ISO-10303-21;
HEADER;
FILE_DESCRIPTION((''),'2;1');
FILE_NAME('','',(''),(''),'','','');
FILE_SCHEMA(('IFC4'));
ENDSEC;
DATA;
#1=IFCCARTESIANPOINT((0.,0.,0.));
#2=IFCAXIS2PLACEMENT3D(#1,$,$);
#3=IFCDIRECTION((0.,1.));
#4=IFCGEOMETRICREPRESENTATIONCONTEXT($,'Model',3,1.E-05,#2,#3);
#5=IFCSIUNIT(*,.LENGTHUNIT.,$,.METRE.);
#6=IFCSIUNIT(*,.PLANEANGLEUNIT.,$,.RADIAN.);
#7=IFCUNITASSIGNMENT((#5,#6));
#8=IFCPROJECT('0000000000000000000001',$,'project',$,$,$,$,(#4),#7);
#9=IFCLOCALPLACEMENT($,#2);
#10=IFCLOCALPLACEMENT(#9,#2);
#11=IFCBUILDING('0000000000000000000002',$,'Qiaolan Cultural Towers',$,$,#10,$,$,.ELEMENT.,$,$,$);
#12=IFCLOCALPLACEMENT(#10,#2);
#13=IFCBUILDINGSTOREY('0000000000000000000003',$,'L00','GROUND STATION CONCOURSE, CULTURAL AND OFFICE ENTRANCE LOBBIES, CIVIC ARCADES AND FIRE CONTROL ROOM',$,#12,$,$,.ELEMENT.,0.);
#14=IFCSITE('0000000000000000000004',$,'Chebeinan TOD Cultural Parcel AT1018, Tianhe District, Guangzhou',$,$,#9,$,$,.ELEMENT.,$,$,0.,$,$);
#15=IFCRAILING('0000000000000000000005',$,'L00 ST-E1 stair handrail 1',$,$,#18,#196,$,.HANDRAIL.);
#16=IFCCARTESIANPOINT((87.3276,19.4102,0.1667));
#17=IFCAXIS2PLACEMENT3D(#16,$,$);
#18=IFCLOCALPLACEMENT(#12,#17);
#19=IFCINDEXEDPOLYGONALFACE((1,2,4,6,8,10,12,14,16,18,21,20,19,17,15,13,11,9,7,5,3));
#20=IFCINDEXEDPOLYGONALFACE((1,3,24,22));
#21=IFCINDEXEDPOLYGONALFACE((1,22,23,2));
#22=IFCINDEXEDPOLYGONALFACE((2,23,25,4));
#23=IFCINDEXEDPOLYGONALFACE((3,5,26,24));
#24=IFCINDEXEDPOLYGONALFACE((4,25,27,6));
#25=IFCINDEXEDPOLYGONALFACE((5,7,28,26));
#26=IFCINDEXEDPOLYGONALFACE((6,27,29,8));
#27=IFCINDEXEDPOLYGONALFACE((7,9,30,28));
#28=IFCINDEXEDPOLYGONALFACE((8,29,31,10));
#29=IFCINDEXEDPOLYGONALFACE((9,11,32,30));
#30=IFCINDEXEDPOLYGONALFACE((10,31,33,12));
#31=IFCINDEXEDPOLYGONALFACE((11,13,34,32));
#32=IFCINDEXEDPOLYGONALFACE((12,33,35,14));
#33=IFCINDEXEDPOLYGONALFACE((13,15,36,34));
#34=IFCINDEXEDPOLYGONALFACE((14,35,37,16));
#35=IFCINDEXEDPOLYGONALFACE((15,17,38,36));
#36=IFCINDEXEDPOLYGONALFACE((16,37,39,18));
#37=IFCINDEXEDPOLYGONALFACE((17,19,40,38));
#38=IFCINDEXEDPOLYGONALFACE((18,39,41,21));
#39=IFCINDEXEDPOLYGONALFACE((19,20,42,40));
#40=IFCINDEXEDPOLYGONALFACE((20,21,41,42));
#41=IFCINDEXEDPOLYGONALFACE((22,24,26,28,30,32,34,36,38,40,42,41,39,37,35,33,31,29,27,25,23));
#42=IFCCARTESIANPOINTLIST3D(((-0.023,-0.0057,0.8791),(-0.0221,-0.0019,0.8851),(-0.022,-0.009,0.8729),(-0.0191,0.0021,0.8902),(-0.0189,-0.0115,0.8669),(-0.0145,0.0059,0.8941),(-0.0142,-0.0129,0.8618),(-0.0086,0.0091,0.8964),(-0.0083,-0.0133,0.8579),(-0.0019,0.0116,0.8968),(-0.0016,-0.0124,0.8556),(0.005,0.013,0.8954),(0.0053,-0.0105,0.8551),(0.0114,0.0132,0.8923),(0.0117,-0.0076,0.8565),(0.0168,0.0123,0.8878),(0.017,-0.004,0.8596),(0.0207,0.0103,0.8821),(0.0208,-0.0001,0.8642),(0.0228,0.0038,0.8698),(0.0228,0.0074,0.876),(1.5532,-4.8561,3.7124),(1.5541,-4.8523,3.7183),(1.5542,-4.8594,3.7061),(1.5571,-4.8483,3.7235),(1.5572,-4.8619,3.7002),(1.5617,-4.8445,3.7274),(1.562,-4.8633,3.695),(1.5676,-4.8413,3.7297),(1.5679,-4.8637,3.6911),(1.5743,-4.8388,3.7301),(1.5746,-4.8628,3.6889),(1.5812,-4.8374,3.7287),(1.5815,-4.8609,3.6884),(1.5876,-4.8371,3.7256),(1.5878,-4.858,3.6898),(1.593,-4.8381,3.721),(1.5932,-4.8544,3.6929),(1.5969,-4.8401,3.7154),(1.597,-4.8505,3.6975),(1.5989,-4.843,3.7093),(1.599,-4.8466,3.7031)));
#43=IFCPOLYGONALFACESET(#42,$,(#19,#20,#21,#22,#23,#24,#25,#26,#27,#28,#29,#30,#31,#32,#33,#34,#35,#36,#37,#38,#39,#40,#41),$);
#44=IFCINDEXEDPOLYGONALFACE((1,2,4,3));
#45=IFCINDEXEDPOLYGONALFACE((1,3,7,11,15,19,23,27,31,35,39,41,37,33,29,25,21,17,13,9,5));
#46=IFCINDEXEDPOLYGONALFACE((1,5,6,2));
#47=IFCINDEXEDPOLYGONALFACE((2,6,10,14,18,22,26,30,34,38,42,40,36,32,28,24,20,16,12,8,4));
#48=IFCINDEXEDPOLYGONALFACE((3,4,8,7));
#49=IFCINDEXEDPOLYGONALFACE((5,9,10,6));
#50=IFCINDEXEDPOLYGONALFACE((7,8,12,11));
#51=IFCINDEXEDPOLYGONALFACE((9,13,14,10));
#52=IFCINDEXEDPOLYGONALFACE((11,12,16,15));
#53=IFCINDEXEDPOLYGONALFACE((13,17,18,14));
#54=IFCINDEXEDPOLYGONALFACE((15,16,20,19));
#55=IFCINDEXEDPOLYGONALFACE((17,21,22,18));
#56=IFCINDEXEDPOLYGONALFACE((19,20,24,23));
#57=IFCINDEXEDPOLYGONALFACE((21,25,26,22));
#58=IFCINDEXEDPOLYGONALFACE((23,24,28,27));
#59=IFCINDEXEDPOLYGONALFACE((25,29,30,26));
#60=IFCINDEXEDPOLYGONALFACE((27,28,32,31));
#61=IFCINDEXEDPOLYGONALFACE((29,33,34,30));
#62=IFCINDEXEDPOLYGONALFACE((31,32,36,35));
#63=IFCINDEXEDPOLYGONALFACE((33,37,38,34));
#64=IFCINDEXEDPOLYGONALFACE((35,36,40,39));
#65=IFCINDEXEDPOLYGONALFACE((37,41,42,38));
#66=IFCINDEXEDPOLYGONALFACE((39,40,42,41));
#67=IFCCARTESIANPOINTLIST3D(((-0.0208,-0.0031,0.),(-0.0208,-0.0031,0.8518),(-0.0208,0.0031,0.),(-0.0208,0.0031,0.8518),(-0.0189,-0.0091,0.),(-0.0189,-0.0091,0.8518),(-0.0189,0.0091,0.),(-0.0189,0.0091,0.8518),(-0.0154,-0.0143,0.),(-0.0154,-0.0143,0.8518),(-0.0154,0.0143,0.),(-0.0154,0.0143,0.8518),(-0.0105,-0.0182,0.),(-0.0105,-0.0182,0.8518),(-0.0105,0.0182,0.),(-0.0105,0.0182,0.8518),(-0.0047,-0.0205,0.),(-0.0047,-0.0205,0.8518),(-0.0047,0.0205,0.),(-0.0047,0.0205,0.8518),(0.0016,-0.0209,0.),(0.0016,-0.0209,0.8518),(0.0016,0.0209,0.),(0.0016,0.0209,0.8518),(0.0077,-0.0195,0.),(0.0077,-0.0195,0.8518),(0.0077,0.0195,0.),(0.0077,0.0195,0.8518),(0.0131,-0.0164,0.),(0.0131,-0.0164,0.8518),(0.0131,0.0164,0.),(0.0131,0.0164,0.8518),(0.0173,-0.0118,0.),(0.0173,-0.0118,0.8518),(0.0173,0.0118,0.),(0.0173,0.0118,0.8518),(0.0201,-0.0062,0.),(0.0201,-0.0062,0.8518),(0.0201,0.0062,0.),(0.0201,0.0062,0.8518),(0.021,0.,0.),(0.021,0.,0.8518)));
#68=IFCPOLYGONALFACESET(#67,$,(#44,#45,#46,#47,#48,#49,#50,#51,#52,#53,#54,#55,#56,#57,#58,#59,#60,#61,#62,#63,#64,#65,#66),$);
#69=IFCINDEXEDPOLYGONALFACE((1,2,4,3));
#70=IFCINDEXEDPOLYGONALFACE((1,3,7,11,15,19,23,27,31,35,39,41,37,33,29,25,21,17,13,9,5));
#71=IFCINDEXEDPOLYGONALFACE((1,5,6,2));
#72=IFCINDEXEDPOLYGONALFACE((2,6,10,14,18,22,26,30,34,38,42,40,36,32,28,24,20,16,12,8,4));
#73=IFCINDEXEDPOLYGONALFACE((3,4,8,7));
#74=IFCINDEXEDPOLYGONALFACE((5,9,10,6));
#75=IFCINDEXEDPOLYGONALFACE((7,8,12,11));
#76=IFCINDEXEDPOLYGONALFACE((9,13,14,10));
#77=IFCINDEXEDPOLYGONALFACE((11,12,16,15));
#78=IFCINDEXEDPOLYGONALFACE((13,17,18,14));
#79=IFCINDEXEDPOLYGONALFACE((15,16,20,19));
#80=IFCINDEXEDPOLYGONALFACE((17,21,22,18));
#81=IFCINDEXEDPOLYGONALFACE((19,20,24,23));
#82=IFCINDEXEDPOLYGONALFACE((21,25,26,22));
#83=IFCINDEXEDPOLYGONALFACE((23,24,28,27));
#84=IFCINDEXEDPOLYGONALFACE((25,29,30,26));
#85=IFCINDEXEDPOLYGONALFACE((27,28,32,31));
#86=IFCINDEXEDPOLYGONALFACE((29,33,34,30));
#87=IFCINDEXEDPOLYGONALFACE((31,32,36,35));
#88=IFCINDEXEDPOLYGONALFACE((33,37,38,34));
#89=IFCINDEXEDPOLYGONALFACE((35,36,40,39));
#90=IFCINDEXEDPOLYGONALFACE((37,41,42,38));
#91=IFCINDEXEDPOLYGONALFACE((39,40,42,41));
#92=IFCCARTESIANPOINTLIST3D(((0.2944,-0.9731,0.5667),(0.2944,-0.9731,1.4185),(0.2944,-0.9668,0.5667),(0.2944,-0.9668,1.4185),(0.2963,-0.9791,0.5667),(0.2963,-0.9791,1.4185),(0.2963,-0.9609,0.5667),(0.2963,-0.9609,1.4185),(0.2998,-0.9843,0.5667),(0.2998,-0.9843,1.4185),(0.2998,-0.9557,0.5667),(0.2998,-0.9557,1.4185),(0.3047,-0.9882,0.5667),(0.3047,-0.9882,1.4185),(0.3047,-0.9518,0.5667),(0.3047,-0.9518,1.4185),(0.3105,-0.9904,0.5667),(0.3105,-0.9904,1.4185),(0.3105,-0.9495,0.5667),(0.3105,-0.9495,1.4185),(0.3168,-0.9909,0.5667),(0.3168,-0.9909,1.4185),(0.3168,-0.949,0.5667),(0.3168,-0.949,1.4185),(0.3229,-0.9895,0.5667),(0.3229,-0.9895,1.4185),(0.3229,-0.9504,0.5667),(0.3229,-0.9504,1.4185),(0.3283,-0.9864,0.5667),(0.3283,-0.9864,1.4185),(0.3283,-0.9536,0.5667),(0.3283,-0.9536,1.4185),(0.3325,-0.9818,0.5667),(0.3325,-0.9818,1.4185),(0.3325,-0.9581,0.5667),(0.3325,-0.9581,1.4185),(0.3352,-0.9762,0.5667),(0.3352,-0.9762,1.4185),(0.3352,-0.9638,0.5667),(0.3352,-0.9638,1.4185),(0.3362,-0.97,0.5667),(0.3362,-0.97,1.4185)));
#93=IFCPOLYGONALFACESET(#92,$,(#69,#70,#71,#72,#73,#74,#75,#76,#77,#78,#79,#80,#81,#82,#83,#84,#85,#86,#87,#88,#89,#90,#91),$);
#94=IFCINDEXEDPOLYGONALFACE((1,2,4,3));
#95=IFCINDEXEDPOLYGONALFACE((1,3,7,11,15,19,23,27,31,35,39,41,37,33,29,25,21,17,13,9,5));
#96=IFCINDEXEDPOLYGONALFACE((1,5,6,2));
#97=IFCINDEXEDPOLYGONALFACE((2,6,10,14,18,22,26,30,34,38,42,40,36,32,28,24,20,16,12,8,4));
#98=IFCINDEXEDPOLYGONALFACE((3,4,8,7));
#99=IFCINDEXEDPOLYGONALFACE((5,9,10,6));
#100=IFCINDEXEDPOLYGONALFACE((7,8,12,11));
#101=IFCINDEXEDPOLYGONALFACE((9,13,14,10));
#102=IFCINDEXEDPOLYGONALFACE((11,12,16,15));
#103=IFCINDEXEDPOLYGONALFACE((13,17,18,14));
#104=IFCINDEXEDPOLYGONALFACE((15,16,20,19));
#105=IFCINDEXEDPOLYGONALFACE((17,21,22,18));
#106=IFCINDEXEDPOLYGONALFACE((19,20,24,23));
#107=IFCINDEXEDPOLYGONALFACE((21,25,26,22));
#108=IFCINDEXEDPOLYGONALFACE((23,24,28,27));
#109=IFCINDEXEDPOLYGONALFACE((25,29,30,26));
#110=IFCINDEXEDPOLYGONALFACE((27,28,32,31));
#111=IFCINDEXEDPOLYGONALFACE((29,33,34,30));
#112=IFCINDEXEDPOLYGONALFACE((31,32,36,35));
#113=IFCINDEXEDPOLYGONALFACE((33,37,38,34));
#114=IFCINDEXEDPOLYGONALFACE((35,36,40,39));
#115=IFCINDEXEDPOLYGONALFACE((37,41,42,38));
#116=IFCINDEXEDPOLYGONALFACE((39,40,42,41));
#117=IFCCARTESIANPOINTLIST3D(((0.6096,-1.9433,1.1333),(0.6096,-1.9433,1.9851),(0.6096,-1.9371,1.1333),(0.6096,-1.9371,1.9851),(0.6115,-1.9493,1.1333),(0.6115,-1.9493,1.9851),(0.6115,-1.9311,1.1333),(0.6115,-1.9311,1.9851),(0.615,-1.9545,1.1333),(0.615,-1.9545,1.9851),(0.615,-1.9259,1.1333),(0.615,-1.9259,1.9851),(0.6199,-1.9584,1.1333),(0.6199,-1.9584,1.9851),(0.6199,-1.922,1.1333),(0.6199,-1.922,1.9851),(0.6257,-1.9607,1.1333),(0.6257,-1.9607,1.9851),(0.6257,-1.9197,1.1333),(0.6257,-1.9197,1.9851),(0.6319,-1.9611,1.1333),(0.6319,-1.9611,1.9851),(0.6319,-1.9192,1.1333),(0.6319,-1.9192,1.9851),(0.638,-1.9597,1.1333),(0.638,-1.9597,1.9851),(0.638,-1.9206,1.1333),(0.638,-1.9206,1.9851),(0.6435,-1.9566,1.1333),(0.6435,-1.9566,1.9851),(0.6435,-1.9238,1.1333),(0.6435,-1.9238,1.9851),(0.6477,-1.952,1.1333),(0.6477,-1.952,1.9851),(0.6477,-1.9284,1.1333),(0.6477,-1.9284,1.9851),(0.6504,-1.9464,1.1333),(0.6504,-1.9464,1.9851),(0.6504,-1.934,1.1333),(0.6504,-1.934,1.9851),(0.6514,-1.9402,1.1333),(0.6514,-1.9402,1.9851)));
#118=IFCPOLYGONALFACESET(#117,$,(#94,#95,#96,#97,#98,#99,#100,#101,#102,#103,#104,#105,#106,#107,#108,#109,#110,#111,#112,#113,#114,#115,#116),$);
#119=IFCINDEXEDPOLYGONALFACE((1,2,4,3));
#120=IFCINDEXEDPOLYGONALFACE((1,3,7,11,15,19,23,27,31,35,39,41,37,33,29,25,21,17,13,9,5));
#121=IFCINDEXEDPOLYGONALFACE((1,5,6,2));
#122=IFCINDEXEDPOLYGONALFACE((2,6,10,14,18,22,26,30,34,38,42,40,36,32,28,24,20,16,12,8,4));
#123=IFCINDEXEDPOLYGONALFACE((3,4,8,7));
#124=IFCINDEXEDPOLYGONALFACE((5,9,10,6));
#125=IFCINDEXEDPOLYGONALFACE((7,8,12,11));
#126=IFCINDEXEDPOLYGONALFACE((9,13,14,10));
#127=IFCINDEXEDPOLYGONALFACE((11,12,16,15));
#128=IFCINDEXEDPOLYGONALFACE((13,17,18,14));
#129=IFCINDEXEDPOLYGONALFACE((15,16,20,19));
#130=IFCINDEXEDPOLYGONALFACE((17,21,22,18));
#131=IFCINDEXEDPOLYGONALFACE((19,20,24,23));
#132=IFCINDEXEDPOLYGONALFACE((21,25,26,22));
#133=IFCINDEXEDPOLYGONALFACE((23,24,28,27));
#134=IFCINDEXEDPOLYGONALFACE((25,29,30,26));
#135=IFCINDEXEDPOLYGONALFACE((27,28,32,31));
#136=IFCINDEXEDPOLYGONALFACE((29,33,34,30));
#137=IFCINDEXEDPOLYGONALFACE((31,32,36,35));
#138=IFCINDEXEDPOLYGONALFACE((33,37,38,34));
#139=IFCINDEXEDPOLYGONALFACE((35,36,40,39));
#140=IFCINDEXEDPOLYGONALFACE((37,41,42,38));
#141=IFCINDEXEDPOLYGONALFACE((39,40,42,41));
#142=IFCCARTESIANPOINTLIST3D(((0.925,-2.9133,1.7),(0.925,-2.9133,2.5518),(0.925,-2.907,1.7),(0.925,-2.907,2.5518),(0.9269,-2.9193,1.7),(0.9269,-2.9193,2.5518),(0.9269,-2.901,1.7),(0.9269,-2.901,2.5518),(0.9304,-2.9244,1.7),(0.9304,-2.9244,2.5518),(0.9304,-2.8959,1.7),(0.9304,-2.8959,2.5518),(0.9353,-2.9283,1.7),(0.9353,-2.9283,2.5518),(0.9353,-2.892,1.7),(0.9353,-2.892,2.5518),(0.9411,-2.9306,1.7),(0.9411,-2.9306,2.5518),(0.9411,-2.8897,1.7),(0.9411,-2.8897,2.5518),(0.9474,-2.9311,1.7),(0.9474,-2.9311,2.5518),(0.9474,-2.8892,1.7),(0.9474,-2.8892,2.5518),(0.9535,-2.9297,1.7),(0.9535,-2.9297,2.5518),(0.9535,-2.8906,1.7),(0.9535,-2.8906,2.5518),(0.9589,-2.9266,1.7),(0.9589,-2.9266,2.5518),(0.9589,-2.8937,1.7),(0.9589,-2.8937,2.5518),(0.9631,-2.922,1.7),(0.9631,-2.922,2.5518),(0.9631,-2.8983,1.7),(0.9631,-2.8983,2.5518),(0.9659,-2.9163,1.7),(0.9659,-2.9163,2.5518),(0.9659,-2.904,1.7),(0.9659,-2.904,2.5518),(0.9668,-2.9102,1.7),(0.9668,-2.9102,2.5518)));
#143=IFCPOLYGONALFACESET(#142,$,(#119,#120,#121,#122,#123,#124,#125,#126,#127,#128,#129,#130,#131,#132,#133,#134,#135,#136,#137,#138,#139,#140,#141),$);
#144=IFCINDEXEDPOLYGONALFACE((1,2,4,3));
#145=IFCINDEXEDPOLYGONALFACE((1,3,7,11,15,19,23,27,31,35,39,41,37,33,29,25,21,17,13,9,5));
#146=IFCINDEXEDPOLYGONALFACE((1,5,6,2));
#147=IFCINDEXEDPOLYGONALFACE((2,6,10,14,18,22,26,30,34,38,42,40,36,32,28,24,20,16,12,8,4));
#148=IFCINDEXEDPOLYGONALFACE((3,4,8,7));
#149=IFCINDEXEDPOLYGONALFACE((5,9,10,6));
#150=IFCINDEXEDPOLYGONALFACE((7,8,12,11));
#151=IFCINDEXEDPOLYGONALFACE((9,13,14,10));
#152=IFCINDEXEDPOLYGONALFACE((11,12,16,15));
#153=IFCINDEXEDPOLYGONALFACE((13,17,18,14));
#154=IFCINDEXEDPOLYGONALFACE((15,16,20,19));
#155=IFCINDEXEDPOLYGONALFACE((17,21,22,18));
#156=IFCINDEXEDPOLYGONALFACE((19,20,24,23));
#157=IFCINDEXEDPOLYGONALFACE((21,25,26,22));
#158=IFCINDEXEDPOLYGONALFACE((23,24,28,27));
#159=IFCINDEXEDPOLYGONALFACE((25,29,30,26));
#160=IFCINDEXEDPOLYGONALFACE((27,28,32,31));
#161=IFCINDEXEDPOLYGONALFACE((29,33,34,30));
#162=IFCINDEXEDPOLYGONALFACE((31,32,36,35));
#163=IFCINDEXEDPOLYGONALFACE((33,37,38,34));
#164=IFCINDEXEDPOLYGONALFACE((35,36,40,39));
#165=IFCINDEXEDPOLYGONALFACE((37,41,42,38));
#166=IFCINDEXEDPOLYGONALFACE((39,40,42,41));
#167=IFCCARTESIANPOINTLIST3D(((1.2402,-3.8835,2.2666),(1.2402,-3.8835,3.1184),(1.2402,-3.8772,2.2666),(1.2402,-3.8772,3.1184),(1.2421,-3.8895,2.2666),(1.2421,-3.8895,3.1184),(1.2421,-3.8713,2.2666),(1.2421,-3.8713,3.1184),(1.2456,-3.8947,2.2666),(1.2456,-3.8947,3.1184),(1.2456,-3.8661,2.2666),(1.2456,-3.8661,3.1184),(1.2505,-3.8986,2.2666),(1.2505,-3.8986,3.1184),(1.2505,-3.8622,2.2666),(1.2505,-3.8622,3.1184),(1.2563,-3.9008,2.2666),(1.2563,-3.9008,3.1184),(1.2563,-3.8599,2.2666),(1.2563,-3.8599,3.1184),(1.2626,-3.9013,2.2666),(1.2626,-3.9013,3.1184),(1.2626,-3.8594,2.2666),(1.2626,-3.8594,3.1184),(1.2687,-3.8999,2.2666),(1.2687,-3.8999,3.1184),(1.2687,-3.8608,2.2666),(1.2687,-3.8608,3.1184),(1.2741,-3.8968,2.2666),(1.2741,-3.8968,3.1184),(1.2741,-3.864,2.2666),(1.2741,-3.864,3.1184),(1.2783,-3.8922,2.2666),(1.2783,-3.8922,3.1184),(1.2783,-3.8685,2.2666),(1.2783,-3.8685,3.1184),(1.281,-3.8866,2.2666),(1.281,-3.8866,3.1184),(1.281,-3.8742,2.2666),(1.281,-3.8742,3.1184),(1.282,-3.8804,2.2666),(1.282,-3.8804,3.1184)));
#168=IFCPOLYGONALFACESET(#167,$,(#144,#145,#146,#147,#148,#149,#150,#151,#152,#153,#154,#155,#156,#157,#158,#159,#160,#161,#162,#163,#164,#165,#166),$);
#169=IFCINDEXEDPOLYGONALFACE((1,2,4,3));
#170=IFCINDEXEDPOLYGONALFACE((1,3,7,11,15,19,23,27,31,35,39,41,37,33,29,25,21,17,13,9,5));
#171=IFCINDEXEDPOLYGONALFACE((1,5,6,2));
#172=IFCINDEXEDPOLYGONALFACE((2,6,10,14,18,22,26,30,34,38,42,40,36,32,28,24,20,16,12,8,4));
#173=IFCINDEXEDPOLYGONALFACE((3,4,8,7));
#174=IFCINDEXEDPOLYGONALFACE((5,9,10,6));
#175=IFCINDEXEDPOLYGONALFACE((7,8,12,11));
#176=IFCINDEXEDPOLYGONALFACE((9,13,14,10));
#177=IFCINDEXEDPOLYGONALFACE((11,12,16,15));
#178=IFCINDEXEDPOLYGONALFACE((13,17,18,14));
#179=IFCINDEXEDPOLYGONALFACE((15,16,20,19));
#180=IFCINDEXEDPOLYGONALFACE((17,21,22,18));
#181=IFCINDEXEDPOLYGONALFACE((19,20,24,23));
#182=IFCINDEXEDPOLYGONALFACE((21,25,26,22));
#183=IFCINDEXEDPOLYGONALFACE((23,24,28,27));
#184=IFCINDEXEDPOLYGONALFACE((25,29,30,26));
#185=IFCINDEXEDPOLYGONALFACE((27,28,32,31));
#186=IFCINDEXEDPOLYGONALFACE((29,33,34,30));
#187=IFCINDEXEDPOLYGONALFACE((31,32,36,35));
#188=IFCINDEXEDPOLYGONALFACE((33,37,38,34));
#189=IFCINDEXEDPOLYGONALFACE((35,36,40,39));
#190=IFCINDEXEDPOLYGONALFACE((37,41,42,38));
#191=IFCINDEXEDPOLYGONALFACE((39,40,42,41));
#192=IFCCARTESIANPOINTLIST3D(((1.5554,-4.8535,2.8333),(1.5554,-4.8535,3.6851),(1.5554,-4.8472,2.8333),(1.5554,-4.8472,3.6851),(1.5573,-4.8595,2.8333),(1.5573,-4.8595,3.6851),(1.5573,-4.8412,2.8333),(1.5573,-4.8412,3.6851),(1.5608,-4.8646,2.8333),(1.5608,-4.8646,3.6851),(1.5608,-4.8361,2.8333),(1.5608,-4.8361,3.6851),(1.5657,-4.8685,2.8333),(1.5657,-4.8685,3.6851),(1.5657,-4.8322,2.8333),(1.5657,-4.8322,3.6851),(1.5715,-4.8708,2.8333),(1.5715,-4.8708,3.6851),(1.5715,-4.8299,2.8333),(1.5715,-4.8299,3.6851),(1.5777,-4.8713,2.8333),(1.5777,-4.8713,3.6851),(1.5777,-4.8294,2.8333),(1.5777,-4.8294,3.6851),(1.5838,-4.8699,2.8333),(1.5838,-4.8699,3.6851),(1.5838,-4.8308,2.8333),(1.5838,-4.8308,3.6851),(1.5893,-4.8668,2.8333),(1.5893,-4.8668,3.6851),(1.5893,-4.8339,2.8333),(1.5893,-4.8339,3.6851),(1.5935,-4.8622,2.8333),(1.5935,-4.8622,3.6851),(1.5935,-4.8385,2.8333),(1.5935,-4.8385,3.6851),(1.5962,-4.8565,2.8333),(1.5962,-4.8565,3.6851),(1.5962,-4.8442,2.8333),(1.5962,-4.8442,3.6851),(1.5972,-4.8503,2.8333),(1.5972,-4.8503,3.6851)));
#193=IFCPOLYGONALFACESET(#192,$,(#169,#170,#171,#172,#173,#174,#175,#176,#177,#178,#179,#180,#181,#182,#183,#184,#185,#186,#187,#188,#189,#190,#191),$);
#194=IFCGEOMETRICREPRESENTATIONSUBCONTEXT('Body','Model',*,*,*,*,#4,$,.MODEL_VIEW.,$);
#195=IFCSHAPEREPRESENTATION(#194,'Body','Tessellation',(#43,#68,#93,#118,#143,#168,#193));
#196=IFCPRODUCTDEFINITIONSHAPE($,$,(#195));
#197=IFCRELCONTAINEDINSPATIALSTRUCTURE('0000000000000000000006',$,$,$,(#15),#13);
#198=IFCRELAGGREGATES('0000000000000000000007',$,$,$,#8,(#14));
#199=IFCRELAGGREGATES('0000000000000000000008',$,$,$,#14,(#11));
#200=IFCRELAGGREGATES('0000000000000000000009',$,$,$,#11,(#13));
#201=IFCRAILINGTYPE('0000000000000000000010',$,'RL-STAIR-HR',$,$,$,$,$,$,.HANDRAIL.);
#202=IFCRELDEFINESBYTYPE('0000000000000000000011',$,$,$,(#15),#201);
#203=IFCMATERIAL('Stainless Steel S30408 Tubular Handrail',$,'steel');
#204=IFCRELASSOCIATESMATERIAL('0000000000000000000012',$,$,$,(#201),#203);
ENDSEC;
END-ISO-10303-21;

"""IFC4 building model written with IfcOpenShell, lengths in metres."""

from ifc_helpers import new_model, si_unit, direction, frame, origin, origin_2d, place, context, subcontext, project, spatial, circle, extrude, material, type_object, element, save


model = new_model("IFC4")

# Units and contexts
model_context = context("Model", 3, precision=1e-05, world=origin(), true_north=direction((0.0, 1.0)))
body_context = subcontext(model_context, "Body", "Model", "MODEL_VIEW")
ifc_project = project(units=[si_unit("LENGTHUNIT", "METRE"), si_unit("PLANEANGLEUNIT", "RADIAN")], contexts=[model_context])

# Site, building, storey
site_placement = place(None, origin())
site = spatial("IfcSite", under=ifc_project, at=site_placement, Name="Chebeinan TOD Cultural Parcel AT1018, Tianhe District, Guangzhou", CompositionType="ELEMENT", RefElevation=0.0)
building_placement = place(site_placement, origin())
building = spatial("IfcBuilding", under=site, at=building_placement, Name="Qiaolan Cultural Towers", CompositionType="ELEMENT")
storey_placement = place(building_placement, origin())
storey = spatial("IfcBuildingStorey", under=building, at=storey_placement, Name="L00", Description="GROUND STATION CONCOURSE, CULTURAL AND OFFICE ENTRANCE LOBBIES, CIVIC ARCADES AND FIRE CONTROL ROOM", CompositionType="ELEMENT", Elevation=0.0)

# Railing
ifc_material_1 = material(Name="Stainless Steel S30408 Tubular Handrail", Category="steel")
railing_type_1 = type_object("IfcRailingType", Name="RL-STAIR-HR", PredefinedType="HANDRAIL", material=ifc_material_1)
railing_1_placement = place(storey_placement, frame((87.3276, 19.4102, 0.1667)))
element("IfcRailing", 1, at=railing_1_placement, inside=storey, type_object=railing_type_1, Name="L00 ST-E1 stair handrail 1", PredefinedType="HANDRAIL", context=body_context, shape_type="SweptSolid", body=[
    extrude(circle(Radius=0.0239, at=origin_2d()), frame((0.0, 0.0, 0.876), z_axis=(0.270162, -0.831369, 0.485631), x_axis=(0.951045, 0.309053, 0.0)), (0.0, 0.0, 1.0), 5.8342),
    extrude(circle(Radius=0.021, at=origin_2d()), origin(), (0.0, 0.0, 1.0), 0.8518),
    extrude(circle(Radius=0.021, at=origin_2d()), frame((0.3152, -0.97, 0.5667)), (0.0, 0.0, 1.0), 0.8518),
    extrude(circle(Radius=0.021, at=origin_2d()), frame((0.6304, -1.9402, 1.1333)), (0.0, 0.0, 1.0), 0.8518),
    extrude(circle(Radius=0.021, at=origin_2d()), frame((0.9458, -2.9102, 1.7)), (0.0, 0.0, 1.0), 0.8518),
    extrude(circle(Radius=0.021, at=origin_2d()), frame((1.261, -3.8804, 2.2666)), (0.0, 0.0, 1.0), 0.8518),
    extrude(circle(Radius=0.021, at=origin_2d()), frame((1.5762, -4.8503, 2.8333)), (0.0, 0.0, 1.0), 0.8518),
])

save(model, "model.ifc")
